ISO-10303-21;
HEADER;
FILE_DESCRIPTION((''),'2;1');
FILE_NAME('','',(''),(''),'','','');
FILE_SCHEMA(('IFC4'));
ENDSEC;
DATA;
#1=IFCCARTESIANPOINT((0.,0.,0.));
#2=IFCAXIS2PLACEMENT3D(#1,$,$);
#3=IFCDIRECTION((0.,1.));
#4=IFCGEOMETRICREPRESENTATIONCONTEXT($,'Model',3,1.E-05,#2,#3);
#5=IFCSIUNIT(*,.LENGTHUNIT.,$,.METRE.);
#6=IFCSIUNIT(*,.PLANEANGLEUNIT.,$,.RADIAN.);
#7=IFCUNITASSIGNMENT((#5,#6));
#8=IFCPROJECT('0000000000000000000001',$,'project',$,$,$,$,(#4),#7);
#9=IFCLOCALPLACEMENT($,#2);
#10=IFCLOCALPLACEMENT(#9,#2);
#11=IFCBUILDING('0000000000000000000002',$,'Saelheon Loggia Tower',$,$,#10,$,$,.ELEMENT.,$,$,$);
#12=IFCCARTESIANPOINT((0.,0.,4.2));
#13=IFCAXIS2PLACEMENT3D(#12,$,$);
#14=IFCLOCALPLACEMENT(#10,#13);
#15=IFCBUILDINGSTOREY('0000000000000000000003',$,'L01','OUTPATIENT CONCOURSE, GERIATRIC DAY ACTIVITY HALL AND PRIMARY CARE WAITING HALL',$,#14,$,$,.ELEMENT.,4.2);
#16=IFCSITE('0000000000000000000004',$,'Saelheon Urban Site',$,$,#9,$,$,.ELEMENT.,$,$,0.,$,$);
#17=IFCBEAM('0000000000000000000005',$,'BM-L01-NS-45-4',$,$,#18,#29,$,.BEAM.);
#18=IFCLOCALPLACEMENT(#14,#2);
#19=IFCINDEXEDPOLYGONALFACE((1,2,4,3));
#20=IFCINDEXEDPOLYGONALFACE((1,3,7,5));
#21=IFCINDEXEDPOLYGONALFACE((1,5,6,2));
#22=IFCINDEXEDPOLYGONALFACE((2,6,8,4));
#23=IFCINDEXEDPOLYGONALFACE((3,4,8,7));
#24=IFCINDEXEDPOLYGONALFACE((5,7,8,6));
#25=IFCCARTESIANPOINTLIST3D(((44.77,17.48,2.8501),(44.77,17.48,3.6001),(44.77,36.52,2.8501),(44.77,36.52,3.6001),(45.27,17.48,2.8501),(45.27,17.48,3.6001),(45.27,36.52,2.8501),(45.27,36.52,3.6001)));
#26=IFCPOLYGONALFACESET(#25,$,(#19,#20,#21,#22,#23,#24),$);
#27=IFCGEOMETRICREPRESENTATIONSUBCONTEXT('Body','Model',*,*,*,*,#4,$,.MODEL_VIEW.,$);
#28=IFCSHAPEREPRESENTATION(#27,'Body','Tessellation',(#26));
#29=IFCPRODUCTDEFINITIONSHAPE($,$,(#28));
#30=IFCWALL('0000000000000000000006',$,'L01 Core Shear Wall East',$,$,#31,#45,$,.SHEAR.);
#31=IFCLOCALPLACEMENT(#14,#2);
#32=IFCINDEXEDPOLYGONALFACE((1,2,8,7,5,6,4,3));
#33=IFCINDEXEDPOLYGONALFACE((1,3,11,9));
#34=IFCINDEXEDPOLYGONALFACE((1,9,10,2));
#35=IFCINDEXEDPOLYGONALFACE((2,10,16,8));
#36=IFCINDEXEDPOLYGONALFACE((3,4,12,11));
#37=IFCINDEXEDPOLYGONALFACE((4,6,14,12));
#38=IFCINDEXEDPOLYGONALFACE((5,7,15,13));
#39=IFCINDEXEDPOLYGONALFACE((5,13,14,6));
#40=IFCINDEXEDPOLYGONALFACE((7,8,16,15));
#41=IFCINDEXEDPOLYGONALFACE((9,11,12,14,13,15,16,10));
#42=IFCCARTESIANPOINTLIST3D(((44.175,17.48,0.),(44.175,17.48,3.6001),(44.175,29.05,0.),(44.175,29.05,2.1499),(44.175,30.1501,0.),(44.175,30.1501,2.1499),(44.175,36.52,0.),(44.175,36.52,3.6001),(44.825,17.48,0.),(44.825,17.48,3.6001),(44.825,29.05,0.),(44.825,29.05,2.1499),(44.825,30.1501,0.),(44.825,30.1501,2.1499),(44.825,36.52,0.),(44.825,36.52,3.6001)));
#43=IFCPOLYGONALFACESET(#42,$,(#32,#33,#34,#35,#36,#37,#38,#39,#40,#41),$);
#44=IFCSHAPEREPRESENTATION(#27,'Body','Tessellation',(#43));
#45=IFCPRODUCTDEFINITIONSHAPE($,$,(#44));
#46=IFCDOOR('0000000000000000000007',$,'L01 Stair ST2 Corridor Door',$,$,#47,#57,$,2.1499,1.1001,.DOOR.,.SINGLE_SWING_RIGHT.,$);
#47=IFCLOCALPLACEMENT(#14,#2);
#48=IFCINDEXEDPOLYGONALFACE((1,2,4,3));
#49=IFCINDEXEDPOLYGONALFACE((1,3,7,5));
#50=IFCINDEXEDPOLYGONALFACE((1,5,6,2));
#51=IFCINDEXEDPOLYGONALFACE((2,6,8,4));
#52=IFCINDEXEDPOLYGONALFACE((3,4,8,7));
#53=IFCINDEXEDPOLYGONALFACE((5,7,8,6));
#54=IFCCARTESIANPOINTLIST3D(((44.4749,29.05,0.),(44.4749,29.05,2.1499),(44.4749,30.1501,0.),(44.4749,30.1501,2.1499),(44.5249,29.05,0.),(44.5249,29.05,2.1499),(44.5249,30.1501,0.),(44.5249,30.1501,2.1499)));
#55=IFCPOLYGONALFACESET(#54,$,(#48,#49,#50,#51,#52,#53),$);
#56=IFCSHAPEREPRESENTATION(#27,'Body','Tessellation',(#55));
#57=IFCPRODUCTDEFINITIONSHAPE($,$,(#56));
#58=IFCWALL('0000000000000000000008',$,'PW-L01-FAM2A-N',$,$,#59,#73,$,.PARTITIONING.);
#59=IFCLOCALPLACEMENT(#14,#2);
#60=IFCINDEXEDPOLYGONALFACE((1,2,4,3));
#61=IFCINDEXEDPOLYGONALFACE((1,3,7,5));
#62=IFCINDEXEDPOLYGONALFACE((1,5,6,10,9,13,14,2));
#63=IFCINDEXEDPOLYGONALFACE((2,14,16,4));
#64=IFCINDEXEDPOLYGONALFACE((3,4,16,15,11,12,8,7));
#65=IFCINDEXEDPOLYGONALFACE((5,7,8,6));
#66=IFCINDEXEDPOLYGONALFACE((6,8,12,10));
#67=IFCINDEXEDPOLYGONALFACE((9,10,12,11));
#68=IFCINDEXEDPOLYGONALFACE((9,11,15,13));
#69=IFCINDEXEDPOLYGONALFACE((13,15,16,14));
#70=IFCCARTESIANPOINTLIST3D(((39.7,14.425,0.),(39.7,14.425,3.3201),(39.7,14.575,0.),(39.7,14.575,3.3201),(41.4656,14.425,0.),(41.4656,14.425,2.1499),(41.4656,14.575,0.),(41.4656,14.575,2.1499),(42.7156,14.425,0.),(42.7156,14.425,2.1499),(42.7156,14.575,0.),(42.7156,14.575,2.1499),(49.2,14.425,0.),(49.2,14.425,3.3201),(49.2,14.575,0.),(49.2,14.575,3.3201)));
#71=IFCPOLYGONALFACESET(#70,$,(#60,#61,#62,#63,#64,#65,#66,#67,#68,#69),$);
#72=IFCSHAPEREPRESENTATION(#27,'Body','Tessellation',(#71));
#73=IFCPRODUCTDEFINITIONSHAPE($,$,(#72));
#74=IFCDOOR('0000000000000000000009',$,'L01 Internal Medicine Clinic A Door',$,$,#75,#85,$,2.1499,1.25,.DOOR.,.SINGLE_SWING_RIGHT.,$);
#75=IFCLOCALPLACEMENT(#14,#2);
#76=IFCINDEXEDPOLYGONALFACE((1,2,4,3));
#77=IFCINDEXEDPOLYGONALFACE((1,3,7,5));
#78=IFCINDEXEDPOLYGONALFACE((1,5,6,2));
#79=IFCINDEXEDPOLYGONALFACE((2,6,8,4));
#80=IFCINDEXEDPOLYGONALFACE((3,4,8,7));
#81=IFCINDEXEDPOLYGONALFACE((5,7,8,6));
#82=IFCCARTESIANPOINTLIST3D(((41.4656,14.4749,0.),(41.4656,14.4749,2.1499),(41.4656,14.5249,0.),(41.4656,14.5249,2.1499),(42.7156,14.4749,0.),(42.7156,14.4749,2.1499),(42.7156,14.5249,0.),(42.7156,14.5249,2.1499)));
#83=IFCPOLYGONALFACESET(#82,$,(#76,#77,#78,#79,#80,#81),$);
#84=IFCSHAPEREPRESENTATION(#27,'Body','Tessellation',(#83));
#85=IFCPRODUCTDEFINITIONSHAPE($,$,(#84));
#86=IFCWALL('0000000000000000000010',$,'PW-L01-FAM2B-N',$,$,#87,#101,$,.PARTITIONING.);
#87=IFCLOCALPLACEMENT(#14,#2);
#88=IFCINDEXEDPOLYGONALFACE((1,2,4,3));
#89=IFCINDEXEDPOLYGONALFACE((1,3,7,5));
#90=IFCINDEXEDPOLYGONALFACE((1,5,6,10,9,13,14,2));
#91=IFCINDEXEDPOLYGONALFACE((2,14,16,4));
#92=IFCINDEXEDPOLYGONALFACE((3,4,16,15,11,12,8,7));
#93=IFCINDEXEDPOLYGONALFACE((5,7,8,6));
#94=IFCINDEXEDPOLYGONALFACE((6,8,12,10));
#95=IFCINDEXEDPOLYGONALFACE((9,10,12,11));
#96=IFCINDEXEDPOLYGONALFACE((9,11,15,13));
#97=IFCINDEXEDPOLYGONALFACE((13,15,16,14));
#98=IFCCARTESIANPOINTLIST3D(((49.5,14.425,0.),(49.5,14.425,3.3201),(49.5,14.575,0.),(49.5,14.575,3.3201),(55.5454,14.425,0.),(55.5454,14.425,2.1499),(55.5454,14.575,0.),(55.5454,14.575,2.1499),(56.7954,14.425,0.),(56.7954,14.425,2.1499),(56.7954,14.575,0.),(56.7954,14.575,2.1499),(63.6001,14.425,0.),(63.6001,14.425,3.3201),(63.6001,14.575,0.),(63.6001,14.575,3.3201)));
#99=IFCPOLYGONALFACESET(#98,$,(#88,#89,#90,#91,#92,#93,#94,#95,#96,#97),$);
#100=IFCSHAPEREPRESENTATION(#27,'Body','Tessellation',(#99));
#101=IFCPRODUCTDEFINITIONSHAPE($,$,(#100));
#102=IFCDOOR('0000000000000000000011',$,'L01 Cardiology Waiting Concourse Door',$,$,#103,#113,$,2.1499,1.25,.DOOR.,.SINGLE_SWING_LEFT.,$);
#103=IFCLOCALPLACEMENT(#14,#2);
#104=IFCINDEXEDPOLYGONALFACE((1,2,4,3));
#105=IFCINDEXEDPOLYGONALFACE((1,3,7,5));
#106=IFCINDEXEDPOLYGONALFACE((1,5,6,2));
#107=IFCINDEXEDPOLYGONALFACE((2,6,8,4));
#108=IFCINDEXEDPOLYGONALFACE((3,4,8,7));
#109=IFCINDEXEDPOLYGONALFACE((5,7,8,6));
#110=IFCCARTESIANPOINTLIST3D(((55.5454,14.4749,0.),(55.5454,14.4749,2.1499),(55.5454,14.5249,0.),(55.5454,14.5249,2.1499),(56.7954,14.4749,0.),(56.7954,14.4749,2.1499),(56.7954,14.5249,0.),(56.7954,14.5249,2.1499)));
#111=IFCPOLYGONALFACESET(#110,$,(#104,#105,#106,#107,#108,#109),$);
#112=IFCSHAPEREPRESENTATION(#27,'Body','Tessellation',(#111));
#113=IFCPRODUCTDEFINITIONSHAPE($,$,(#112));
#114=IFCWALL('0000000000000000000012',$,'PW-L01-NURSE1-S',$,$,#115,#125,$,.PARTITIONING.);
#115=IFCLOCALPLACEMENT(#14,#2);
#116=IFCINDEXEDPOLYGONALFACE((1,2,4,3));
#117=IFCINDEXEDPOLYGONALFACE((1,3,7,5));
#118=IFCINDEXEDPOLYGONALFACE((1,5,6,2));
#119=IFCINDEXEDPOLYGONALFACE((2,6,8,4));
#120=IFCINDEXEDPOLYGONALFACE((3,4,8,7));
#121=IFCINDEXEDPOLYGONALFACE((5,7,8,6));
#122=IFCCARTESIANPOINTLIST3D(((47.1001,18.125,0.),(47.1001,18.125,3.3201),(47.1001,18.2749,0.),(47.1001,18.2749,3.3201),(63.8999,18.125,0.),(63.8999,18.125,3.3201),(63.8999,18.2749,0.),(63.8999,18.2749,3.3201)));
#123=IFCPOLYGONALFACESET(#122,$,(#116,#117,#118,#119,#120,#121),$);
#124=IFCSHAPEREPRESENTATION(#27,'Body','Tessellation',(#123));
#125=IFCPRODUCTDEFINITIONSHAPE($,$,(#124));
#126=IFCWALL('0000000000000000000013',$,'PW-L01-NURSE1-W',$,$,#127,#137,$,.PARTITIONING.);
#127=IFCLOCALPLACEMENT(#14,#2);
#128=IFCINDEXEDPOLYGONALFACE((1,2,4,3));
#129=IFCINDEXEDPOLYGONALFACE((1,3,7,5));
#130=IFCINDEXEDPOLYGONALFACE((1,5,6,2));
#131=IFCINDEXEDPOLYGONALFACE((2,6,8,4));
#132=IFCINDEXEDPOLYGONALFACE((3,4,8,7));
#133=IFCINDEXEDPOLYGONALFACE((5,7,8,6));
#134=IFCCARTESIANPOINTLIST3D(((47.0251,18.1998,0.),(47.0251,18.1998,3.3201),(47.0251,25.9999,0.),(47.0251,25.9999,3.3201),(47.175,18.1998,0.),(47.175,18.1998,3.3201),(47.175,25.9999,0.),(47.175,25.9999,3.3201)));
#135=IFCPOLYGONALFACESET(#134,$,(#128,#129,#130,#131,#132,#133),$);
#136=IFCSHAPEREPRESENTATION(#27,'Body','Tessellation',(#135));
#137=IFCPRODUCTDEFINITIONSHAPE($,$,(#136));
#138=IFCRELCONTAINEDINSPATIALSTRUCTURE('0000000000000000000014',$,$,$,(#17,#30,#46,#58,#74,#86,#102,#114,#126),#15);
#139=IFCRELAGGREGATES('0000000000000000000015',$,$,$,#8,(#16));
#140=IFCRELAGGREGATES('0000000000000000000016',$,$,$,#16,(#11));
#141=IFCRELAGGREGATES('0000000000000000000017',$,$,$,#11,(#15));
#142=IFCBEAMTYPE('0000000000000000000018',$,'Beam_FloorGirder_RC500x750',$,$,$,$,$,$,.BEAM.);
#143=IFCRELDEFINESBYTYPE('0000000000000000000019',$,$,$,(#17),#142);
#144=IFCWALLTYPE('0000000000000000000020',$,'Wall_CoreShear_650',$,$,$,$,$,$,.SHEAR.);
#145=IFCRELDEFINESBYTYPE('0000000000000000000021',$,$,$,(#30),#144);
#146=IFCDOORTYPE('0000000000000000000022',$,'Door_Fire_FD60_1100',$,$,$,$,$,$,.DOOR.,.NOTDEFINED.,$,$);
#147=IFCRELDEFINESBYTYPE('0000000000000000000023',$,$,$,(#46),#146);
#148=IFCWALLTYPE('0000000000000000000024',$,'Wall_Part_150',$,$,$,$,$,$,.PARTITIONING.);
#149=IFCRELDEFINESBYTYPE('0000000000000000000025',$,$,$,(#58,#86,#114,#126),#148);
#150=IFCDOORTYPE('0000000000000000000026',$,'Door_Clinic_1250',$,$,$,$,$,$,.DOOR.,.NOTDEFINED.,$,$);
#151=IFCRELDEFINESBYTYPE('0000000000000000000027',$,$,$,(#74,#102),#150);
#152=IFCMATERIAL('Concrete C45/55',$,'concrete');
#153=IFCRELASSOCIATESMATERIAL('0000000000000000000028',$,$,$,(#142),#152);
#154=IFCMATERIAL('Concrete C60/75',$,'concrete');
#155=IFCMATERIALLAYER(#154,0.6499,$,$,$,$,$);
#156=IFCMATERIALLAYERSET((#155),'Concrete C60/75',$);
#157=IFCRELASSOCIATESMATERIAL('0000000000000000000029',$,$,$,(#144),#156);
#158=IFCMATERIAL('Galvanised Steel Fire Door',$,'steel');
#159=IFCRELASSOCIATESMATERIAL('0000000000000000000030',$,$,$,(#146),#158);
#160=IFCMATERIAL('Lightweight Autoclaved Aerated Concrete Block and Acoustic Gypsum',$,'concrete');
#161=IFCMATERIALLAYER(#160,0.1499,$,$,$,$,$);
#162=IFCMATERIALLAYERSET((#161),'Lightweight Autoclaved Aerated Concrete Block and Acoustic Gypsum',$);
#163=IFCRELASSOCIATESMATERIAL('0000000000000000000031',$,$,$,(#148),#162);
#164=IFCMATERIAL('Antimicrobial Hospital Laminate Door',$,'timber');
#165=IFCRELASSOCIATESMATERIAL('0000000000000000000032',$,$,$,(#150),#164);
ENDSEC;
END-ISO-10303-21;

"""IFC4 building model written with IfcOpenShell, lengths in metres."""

from ifc_helpers import new_model, si_unit, direction, frame, frame_2d, origin, origin_2d, place, context, subcontext, project, spatial, rectangle, extrude, source, transform, mapped, material, layer, layer_set, material_profile, profile_set, type_object, element, fill, save


model = new_model("IFC4")

# Units and contexts
model_context = context("Model", 3, precision=1e-05, world=origin(), true_north=direction((0.0, 1.0)))
body_context = subcontext(model_context, "Body", "Model", "MODEL_VIEW")
ifc_project = project(units=[si_unit("LENGTHUNIT", "METRE"), si_unit("PLANEANGLEUNIT", "RADIAN")], contexts=[model_context])

# Site, building, storey
site_placement = place(None, origin())
site = spatial("IfcSite", under=ifc_project, at=site_placement, Name="Saelheon Urban Site", CompositionType="ELEMENT", RefElevation=0.0)
building_placement = place(site_placement, origin())
building = spatial("IfcBuilding", under=site, at=building_placement, Name="Saelheon Loggia Tower", CompositionType="ELEMENT")
storey_placement = place(building_placement, frame((0.0, 0.0, 4.2)))
storey = spatial("IfcBuildingStorey", under=building, at=storey_placement, Name="L01", Description="OUTPATIENT CONCOURSE, GERIATRIC DAY ACTIVITY HALL AND PRIMARY CARE WAITING HALL", CompositionType="ELEMENT", Elevation=4.2)

# Shared definitions
ifc_material_1 = material(Name="Concrete C60/75", Category="concrete")

# Beam
ifc_material_2 = material(Name="Concrete C45/55", Category="concrete")
ifc_material_profile_1 = material_profile(ifc_material_2, rectangle(XDim=0.5, YDim=0.75, at=origin_2d()), Name="RC-500x750")
ifc_profile_set_1 = profile_set([ifc_material_profile_1], Name="Concrete C45/55")
beam_type_1 = type_object("IfcBeamType", Name="Beam_FloorGirder_RC500x750", PredefinedType="BEAM", material=ifc_profile_set_1)
shared_shape_1 = source(origin(), body_context, "Body", "SweptSolid", [
    extrude(rectangle(XDim=0.5, YDim=0.75, at=origin_2d()), origin(), (0.0, 0.0, 1.0), 19.04),
])
beam_1_placement = place(storey_placement, frame((45.02, 17.48, 3.2251), z_axis=(0.0, 1.0, 0.0), x_axis=(-1.0, 0.0, 0.0)))
element("IfcBeam", 1, at=beam_1_placement, inside=storey, type_object=beam_type_1, Name="BM-L01-NS-45-4", PredefinedType="BEAM", context=body_context, shape_type="MappedRepresentation", body=[
    mapped(shared_shape_1, transform((0.0, 0.0, 0.0), scale=1.0)),
])

# Walls, openings, doors
ifc_layer_1 = layer(ifc_material_1, 0.6499)
ifc_layer_set_1 = layer_set([ifc_layer_1], Name="Concrete C60/75")
wall_type_1 = type_object("IfcWallType", Name="Wall_CoreShear_650", PredefinedType="SHEAR", material=ifc_layer_set_1)
wall_1_placement = place(storey_placement, frame((44.5, 17.48, 0.0), z_axis=(0.0, 0.0, 1.0), x_axis=(0.0, 1.0, 0.0)))
wall_1 = element("IfcWall", 2, at=wall_1_placement, inside=storey, type_object=wall_type_1, Name="L01 Core Shear Wall East", PredefinedType="SHEAR", context=body_context, shape_type="SweptSolid", body=[
    extrude(rectangle(XDim=19.04, YDim=0.6499, at=frame_2d((9.52, 0.0))), origin(), (0.0, 0.0, 1.0), 3.6001),
])
opening_1_placement = place(wall_1_placement, frame((12.6702, 0.0, 0.0), z_axis=(0.0, 0.0, 1.0), x_axis=(-1.0, 0.0, 0.0)))
opening_1 = element("IfcOpeningElement", 3, at=opening_1_placement, cuts=wall_1, PredefinedType="OPENING", context=body_context, shape_type="SweptSolid", body=[
    extrude(rectangle(XDim=1.1001, YDim=2.1499, at=frame_2d((0.55, 1.075))), frame((0.0, 0.3369, 0.0), z_axis=(0.0, -1.0, 0.0), x_axis=(1.0, 0.0, 0.0)), (0.0, 0.0, 1.0), 0.6738),
])
ifc_material_3 = material(Name="Galvanised Steel Fire Door", Category="steel")
door_type_1 = type_object("IfcDoorType", Name="Door_Fire_FD60_1100", OperationType="NOTDEFINED", PredefinedType="DOOR", material=ifc_material_3)
shared_shape_2 = source(origin(), body_context, "Body", "SweptSolid", [
    extrude(rectangle(XDim=1.1001, YDim=2.1499, at=frame_2d((0.55, 1.075))), frame((0.0, 0.0249, 0.0), z_axis=(0.0, -1.0, 0.0), x_axis=(1.0, 0.0, 0.0)), (0.0, 0.0, 1.0), 0.05),
])
door_1_placement = place(opening_1_placement, origin())
door_1 = element("IfcDoor", 4, at=door_1_placement, inside=storey, type_object=door_type_1, Name="L01 Stair ST2 Corridor Door", OperationType="SINGLE_SWING_RIGHT", OverallHeight=2.1499, OverallWidth=1.1001, PredefinedType="DOOR", context=body_context, shape_type="MappedRepresentation", body=[
    mapped(shared_shape_2, transform((0.0, 0.0, 0.0), scale=1.0)),
])
fill(opening_1, door_1)
ifc_material_4 = material(Name="Lightweight Autoclaved Aerated Concrete Block and Acoustic Gypsum", Category="concrete")
ifc_layer_2 = layer(ifc_material_4, 0.1499)
ifc_layer_set_2 = layer_set([ifc_layer_2], Name="Lightweight Autoclaved Aerated Concrete Block and Acoustic Gypsum")
wall_type_2 = type_object("IfcWallType", Name="Wall_Part_150", PredefinedType="PARTITIONING", material=ifc_layer_set_2)
wall_2_placement = place(storey_placement, frame((39.7, 14.5, 0.0), z_axis=(0.0, 0.0, 1.0), x_axis=(1.0, 0.0, 0.0)))
wall_2 = element("IfcWall", 5, at=wall_2_placement, inside=storey, type_object=wall_type_2, Name="PW-L01-FAM2A-N", PredefinedType="PARTITIONING", context=body_context, shape_type="SweptSolid", body=[
    extrude(rectangle(XDim=9.5, YDim=0.1499, at=frame_2d((4.75, 0.0))), origin(), (0.0, 0.0, 1.0), 3.3201),
])
opening_2_placement = place(wall_2_placement, frame((1.7656, 0.0, 0.0)))
opening_2 = element("IfcOpeningElement", 6, at=opening_2_placement, cuts=wall_2, PredefinedType="OPENING", context=body_context, shape_type="SweptSolid", body=[
    extrude(rectangle(XDim=1.25, YDim=2.1499, at=frame_2d((0.625, 1.075))), frame((0.0, 0.0869, 0.0), z_axis=(0.0, -1.0, 0.0), x_axis=(1.0, 0.0, 0.0)), (0.0, 0.0, 1.0), 0.1738),
])
ifc_material_5 = material(Name="Antimicrobial Hospital Laminate Door", Category="timber")
door_type_2 = type_object("IfcDoorType", Name="Door_Clinic_1250", OperationType="NOTDEFINED", PredefinedType="DOOR", material=ifc_material_5)
shared_shape_3 = source(origin(), body_context, "Body", "SweptSolid", [
    extrude(rectangle(XDim=1.25, YDim=2.1499, at=frame_2d((0.625, 1.075))), frame((0.0, 0.0249, 0.0), z_axis=(0.0, -1.0, 0.0), x_axis=(1.0, 0.0, 0.0)), (0.0, 0.0, 1.0), 0.05),
])
door_2_placement = place(opening_2_placement, origin())
door_2 = element("IfcDoor", 7, at=door_2_placement, inside=storey, type_object=door_type_2, Name="L01 Internal Medicine Clinic A Door", OperationType="SINGLE_SWING_RIGHT", OverallHeight=2.1499, OverallWidth=1.25, PredefinedType="DOOR", context=body_context, shape_type="MappedRepresentation", body=[
    mapped(shared_shape_3, transform((0.0, 0.0, 0.0), scale=1.0)),
])
fill(opening_2, door_2)
wall_3_placement = place(storey_placement, frame((49.5, 14.5, 0.0), z_axis=(0.0, 0.0, 1.0), x_axis=(1.0, 0.0, 0.0)))
wall_3 = element("IfcWall", 8, at=wall_3_placement, inside=storey, type_object=wall_type_2, Name="PW-L01-FAM2B-N", PredefinedType="PARTITIONING", context=body_context, shape_type="SweptSolid", body=[
    extrude(rectangle(XDim=14.1001, YDim=0.1499, at=frame_2d((7.05, 0.0))), origin(), (0.0, 0.0, 1.0), 3.3201),
])
opening_3_placement = place(wall_3_placement, frame((6.0454, 0.0, 0.0)))
opening_3 = element("IfcOpeningElement", 9, at=opening_3_placement, cuts=wall_3, PredefinedType="OPENING", context=body_context, shape_type="SweptSolid", body=[
    extrude(rectangle(XDim=1.25, YDim=2.1499, at=frame_2d((0.625, 1.075))), frame((0.0, 0.0869, 0.0), z_axis=(0.0, -1.0, 0.0), x_axis=(1.0, 0.0, 0.0)), (0.0, 0.0, 1.0), 0.1738),
])
door_3_placement = place(opening_3_placement, origin())
door_3 = element("IfcDoor", 10, at=door_3_placement, inside=storey, type_object=door_type_2, Name="L01 Cardiology Waiting Concourse Door", OperationType="SINGLE_SWING_LEFT", OverallHeight=2.1499, OverallWidth=1.25, PredefinedType="DOOR", context=body_context, shape_type="MappedRepresentation", body=[
    mapped(shared_shape_3, transform((0.0, 0.0, 0.0), scale=1.0)),
])
fill(opening_3, door_3)

# Walls
wall_4_placement = place(storey_placement, frame((47.1001, 18.2, 0.0), z_axis=(0.0, 0.0, 1.0), x_axis=(1.0, 0.0, 0.0)))
element("IfcWall", 11, at=wall_4_placement, inside=storey, type_object=wall_type_2, Name="PW-L01-NURSE1-S", PredefinedType="PARTITIONING", context=body_context, shape_type="SweptSolid", body=[
    extrude(rectangle(XDim=16.7998, YDim=0.1499, at=frame_2d((8.3999, 0.0))), origin(), (0.0, 0.0, 1.0), 3.3201),
])
wall_5_placement = place(storey_placement, frame((47.1001, 18.2, 0.0), z_axis=(0.0, 0.0, 1.0), x_axis=(0.0, 1.0, 0.0)))
element("IfcWall", 12, at=wall_5_placement, inside=storey, type_object=wall_type_2, Name="PW-L01-NURSE1-W", PredefinedType="PARTITIONING", context=body_context, shape_type="SweptSolid", body=[
    extrude(rectangle(XDim=7.8, YDim=0.1499, at=frame_2d((3.8999, 0.0))), origin(), (0.0, 0.0, 1.0), 3.3201),
])

save(model, "model.ifc")
